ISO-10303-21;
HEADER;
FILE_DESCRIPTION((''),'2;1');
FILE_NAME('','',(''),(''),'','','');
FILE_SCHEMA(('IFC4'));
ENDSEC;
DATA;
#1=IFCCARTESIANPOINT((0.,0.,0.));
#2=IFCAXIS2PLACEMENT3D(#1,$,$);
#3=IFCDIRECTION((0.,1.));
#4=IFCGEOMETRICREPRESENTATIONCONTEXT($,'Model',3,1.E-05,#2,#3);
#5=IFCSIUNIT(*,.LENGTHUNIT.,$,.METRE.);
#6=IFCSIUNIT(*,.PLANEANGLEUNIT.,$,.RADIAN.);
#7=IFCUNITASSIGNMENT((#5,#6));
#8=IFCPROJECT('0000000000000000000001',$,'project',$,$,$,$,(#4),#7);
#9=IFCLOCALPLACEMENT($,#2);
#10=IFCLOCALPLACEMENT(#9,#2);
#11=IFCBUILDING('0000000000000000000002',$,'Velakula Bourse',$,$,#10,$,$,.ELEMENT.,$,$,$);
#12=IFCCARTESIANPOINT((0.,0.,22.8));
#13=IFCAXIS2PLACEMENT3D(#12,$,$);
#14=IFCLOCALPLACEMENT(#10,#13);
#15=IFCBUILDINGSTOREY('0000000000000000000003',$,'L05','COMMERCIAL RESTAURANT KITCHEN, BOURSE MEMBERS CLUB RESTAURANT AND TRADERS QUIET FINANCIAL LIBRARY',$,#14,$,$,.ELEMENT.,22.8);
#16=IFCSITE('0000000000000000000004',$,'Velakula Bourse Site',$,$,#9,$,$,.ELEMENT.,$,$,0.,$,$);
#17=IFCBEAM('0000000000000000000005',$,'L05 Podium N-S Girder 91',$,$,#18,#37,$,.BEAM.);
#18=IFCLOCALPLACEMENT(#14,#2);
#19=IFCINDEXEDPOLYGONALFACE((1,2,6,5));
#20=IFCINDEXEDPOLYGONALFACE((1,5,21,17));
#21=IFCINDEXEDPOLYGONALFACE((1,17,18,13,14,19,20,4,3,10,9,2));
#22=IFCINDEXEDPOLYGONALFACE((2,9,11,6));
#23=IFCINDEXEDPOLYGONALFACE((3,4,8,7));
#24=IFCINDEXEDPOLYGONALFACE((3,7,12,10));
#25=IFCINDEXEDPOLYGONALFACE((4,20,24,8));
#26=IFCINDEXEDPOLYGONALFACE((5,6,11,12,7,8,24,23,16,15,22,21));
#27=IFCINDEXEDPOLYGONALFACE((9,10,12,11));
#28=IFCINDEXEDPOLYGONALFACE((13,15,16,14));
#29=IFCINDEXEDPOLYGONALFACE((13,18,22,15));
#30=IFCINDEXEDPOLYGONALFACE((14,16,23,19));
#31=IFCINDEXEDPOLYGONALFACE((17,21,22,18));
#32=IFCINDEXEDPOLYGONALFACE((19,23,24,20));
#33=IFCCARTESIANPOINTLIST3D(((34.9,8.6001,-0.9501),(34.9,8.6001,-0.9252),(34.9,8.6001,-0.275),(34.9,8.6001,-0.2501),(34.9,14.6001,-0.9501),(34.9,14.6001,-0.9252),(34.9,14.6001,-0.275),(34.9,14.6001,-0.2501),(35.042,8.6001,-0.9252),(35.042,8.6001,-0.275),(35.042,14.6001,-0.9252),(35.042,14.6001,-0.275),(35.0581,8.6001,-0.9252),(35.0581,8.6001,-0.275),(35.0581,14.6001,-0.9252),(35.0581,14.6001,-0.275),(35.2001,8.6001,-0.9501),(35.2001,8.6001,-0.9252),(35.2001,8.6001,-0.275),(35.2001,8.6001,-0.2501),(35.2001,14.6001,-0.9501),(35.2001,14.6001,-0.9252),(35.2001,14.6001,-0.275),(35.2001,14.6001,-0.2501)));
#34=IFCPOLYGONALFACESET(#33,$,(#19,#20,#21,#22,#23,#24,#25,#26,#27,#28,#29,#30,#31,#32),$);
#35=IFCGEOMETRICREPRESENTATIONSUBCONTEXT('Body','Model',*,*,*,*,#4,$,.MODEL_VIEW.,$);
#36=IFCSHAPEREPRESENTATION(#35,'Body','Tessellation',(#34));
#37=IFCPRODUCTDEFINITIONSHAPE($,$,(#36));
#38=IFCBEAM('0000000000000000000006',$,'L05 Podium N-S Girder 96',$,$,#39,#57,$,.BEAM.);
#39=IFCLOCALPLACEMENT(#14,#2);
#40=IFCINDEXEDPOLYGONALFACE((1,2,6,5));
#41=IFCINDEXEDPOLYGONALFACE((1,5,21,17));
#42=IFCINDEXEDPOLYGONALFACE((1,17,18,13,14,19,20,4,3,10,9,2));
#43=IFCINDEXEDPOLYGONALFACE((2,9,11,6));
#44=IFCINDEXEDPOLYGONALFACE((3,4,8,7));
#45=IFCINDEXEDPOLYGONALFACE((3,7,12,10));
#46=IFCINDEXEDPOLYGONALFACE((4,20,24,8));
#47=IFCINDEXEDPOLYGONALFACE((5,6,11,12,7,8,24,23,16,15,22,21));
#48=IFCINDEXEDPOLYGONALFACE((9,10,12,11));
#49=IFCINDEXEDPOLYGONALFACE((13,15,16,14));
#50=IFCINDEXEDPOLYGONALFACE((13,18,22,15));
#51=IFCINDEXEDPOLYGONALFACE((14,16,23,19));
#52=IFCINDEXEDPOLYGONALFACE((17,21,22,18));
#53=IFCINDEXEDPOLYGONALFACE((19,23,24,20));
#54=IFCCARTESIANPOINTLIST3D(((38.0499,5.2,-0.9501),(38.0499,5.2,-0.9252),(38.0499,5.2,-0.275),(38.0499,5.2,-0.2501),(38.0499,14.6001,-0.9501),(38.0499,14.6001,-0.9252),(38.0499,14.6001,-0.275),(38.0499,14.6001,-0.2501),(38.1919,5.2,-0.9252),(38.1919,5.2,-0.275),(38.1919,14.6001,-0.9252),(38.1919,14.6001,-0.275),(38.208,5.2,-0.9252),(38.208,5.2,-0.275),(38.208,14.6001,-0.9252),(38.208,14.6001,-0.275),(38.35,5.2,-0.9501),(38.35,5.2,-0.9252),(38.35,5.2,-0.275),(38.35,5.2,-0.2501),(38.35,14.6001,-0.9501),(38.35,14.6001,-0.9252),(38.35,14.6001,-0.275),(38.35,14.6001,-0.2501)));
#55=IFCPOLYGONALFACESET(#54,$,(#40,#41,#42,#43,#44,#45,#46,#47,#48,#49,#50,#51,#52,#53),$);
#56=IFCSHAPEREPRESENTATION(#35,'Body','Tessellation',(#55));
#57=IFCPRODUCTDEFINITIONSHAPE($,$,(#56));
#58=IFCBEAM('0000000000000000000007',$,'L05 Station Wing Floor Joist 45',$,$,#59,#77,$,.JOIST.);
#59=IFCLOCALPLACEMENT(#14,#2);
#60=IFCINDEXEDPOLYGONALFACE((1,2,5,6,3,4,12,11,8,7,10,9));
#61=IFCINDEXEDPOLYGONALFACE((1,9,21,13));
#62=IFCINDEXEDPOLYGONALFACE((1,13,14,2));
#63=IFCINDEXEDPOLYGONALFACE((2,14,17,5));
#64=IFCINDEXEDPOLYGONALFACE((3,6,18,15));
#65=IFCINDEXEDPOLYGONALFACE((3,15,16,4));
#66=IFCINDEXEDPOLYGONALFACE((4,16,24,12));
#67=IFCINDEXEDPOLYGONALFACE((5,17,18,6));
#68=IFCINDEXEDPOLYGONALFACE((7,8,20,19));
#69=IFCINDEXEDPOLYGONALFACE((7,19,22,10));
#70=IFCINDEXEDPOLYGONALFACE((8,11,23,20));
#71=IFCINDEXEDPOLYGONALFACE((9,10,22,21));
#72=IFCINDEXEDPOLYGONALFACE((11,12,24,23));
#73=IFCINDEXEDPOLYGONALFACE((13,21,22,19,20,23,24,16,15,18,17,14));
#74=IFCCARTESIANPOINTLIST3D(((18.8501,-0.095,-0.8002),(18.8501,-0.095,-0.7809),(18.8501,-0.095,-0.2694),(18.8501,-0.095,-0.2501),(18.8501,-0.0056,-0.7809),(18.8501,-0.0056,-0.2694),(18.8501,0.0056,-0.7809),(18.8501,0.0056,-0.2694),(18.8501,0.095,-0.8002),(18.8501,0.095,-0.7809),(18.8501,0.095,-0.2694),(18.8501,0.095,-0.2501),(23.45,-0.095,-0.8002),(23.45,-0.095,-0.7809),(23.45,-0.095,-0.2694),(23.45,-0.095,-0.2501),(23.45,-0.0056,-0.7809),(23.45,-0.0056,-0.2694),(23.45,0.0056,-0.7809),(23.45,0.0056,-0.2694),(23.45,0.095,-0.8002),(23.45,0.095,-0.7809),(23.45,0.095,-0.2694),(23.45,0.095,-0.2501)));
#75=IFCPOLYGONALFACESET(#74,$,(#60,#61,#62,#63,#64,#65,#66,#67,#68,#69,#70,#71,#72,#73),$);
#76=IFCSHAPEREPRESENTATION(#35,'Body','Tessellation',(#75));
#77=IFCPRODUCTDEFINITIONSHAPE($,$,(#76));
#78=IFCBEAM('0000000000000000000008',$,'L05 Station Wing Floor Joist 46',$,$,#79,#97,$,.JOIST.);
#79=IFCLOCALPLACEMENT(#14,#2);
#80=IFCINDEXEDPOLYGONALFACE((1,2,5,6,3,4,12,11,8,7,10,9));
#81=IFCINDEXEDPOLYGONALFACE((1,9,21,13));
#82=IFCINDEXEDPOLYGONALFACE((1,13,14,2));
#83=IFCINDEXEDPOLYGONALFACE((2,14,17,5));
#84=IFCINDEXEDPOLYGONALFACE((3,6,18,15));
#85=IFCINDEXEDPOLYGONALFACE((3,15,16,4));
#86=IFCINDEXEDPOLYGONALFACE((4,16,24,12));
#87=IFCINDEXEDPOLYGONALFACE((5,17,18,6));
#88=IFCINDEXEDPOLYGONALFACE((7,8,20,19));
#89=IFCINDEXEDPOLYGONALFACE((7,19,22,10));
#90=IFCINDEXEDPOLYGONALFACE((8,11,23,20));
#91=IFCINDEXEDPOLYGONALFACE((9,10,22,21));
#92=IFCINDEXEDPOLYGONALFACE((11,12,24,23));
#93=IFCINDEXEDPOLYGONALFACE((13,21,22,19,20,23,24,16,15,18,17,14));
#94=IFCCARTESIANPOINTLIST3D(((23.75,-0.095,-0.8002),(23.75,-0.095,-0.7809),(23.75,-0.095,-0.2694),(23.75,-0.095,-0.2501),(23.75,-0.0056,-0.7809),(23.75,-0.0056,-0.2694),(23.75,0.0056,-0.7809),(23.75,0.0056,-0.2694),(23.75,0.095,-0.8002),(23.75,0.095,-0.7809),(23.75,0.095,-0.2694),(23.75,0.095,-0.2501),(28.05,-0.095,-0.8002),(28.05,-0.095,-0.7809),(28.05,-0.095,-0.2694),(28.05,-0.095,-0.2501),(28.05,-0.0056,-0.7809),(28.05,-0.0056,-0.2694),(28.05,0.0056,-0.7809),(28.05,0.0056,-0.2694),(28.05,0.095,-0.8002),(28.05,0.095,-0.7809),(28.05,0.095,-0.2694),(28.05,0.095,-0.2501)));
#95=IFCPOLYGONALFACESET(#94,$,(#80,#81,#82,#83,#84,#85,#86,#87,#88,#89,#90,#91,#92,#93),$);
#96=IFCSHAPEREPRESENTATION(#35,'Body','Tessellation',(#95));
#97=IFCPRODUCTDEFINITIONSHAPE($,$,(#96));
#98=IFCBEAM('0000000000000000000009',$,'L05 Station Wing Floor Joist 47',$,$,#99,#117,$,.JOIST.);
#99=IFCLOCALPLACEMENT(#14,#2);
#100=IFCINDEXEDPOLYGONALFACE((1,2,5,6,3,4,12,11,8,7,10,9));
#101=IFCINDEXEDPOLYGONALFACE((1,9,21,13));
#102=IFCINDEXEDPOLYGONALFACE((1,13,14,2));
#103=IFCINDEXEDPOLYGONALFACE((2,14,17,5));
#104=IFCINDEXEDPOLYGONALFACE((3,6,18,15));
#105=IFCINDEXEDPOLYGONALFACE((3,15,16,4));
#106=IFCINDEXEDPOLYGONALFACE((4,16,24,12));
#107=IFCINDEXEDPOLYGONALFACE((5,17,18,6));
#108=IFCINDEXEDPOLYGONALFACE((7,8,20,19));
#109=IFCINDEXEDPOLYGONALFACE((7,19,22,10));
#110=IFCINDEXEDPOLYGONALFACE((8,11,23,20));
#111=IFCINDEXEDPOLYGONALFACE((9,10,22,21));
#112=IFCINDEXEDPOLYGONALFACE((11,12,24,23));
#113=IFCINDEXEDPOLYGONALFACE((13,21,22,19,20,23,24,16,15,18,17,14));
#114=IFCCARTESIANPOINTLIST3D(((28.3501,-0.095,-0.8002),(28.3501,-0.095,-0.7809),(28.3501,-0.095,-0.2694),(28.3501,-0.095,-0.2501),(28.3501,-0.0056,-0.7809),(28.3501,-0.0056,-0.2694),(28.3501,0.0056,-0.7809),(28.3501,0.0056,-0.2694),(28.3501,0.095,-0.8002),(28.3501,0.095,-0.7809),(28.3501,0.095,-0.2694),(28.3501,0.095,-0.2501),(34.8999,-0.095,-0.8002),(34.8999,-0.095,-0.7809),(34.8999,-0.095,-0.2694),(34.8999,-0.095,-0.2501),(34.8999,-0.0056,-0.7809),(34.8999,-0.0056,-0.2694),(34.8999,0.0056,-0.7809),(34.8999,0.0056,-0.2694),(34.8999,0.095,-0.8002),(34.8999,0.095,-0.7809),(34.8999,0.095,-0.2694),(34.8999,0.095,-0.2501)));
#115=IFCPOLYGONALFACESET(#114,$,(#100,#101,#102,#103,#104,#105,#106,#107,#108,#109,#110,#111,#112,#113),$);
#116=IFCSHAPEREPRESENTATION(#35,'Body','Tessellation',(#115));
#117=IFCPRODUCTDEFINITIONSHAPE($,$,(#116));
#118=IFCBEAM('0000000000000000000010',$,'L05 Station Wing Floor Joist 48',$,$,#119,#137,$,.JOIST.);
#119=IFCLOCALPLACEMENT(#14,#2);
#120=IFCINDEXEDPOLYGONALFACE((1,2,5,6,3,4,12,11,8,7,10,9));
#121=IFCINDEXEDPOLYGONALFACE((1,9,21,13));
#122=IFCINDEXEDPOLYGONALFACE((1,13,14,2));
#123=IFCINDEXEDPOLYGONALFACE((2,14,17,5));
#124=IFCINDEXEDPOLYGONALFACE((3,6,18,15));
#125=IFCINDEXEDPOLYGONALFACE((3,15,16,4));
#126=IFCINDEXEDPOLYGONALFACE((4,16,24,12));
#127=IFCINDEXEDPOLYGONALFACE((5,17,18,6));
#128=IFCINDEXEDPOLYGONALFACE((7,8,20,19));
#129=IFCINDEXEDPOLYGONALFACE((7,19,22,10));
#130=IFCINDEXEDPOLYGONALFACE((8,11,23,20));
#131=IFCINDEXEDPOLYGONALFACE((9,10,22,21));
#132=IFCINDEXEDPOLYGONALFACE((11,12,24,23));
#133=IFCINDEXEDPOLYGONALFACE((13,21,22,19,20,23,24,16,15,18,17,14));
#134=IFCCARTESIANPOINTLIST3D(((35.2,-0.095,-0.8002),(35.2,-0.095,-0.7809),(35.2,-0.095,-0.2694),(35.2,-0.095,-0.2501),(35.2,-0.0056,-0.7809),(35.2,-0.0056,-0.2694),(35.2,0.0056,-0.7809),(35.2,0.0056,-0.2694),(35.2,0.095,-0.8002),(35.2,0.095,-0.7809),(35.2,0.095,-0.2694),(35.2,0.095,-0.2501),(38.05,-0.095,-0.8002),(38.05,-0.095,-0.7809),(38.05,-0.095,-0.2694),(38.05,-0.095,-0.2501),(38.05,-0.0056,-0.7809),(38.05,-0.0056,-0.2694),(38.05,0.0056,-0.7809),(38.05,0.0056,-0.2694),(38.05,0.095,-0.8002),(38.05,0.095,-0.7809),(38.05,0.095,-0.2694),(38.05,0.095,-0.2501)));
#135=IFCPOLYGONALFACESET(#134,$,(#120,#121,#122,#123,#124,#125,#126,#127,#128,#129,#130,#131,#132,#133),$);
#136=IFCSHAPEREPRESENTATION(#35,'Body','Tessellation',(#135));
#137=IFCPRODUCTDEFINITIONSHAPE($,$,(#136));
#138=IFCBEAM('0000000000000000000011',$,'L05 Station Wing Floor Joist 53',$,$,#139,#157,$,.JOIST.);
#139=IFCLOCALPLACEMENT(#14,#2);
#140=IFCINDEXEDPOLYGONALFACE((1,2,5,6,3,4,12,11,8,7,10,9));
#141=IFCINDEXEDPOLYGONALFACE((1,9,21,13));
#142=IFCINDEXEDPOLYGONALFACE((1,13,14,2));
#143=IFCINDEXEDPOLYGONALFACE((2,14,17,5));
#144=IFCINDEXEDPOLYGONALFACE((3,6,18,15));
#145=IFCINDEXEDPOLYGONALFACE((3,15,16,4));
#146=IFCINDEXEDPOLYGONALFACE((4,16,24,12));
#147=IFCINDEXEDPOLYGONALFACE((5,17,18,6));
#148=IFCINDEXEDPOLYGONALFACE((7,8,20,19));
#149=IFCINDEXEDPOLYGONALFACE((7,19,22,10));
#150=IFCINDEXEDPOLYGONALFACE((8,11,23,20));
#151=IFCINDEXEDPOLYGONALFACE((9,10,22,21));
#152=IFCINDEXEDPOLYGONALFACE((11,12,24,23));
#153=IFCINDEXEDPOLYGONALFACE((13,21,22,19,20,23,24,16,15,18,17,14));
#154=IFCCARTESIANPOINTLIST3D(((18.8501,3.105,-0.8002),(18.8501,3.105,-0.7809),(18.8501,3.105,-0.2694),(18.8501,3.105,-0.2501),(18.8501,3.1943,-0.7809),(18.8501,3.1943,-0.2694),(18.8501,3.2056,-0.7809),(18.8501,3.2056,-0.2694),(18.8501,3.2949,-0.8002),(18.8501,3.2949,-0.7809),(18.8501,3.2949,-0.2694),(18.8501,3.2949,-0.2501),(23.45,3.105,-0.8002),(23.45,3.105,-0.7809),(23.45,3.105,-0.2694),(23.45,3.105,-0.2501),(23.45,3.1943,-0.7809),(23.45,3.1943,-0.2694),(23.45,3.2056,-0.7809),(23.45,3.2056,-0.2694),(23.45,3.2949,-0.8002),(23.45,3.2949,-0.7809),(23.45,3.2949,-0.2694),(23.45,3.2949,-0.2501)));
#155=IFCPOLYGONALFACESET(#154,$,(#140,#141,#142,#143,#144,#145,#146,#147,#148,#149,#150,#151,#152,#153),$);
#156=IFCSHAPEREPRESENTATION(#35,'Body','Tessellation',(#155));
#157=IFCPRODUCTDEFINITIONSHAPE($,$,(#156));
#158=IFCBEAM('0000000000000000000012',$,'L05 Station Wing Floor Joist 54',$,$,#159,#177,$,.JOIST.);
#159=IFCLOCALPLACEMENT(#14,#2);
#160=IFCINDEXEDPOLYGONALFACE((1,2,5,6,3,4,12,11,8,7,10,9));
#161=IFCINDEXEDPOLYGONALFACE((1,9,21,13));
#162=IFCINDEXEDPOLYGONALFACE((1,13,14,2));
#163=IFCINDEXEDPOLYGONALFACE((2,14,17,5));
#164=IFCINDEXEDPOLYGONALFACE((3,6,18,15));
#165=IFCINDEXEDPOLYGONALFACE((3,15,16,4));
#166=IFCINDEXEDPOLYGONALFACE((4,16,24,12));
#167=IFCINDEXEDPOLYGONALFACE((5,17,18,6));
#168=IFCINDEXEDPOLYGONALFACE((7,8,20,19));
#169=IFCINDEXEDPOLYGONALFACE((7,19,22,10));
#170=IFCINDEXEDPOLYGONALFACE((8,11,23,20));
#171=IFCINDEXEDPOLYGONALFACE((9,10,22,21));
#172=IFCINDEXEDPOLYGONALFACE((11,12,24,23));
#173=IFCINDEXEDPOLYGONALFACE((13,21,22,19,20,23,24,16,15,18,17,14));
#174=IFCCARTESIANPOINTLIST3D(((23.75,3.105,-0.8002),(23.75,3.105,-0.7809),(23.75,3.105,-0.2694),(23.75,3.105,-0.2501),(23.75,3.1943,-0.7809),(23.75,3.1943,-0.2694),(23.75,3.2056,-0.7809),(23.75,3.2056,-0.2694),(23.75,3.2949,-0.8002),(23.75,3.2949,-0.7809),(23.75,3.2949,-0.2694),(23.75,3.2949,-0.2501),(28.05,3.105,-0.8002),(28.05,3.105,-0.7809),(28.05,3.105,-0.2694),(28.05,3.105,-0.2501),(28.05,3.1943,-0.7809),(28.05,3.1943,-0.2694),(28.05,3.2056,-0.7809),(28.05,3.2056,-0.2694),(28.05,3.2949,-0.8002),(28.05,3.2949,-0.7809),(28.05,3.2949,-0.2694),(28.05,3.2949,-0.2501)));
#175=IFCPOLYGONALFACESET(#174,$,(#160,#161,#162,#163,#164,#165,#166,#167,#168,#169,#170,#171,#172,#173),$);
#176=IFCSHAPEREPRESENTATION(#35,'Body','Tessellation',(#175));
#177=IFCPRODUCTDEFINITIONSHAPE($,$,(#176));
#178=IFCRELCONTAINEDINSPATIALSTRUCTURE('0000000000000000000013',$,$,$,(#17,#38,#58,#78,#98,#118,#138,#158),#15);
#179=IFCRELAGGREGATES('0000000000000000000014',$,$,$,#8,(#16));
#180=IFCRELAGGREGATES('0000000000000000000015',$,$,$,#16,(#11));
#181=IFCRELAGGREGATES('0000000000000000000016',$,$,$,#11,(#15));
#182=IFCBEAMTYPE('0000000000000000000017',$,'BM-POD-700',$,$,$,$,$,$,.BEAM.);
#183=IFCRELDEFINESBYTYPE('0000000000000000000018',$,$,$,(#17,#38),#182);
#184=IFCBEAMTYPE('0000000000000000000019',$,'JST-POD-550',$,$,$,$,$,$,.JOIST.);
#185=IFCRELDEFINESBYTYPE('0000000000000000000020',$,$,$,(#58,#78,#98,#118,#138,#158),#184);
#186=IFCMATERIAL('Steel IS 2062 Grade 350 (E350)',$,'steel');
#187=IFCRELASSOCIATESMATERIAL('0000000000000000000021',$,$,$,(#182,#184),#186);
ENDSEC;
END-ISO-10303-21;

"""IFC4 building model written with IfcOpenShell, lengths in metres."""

from ifc_helpers import new_model, si_unit, direction, frame, origin, origin_2d, place, context, subcontext, project, spatial, i_section, extrude, material, material_profile, profile_set, type_object, element, save


model = new_model("IFC4")

# Units and contexts
model_context = context("Model", 3, precision=1e-05, world=origin(), true_north=direction((0.0, 1.0)))
body_context = subcontext(model_context, "Body", "Model", "MODEL_VIEW")
ifc_project = project(units=[si_unit("LENGTHUNIT", "METRE"), si_unit("PLANEANGLEUNIT", "RADIAN")], contexts=[model_context])

# Site, building, storey
site_placement = place(None, origin())
site = spatial("IfcSite", under=ifc_project, at=site_placement, Name="Velakula Bourse Site", CompositionType="ELEMENT", RefElevation=0.0)
building_placement = place(site_placement, origin())
building = spatial("IfcBuilding", under=site, at=building_placement, Name="Velakula Bourse", CompositionType="ELEMENT")
storey_placement = place(building_placement, frame((0.0, 0.0, 22.8)))
storey = spatial("IfcBuildingStorey", under=building, at=storey_placement, Name="L05", Description="COMMERCIAL RESTAURANT KITCHEN, BOURSE MEMBERS CLUB RESTAURANT AND TRADERS QUIET FINANCIAL LIBRARY", CompositionType="ELEMENT", Elevation=22.8)

# Beams
ifc_material_1 = material(Name="Steel IS 2062 Grade 350 (E350)", Category="steel")
ifc_material_profile_1 = material_profile(ifc_material_1, i_section(OverallWidth=0.3, OverallDepth=0.7, WebThickness=0.0161, FlangeThickness=0.0249, at=origin_2d()), Name="Steel IS 2062 Grade 350 (E350)")
ifc_profile_set_1 = profile_set([ifc_material_profile_1], Name="Steel IS 2062 Grade 350 (E350)")
beam_type_1 = type_object("IfcBeamType", Name="BM-POD-700", PredefinedType="BEAM", material=ifc_profile_set_1)
for number, where, z_axis, x_axis, name in (
    (1, (35.05, 8.6001, -0.6001), (0.0, 1.0, 0.0), (-1.0, 0.0, 0.0), "L05 Podium N-S Girder 91"),
):
    element("IfcBeam", number, at=place(storey_placement, frame(where, z_axis=z_axis, x_axis=x_axis)), inside=storey, type_object=beam_type_1, Name=name, PredefinedType="BEAM", context=body_context, shape_type="SweptSolid", body=[
        extrude(i_section(OverallWidth=0.3, OverallDepth=0.7, WebThickness=0.0161, FlangeThickness=0.0249, at=origin_2d()), origin(), (0.0, 0.0, 1.0), 6.0),
    ])
beam_1_placement = place(storey_placement, frame((38.2, 5.2, -0.6001), z_axis=(0.0, 1.0, 0.0), x_axis=(-1.0, 0.0, 0.0)))
element("IfcBeam", 2, at=beam_1_placement, inside=storey, type_object=beam_type_1, Name="L05 Podium N-S Girder 96", PredefinedType="BEAM", context=body_context, shape_type="SweptSolid", body=[
    extrude(i_section(OverallWidth=0.3, OverallDepth=0.7, WebThickness=0.0161, FlangeThickness=0.0249, at=origin_2d()), origin(), (0.0, 0.0, 1.0), 9.4001),
])
ifc_material_profile_2 = material_profile(ifc_material_1, i_section(OverallWidth=0.1899, OverallDepth=0.55, WebThickness=0.0112, FlangeThickness=0.0193, at=origin_2d()), Name="Steel IS 2062 Grade 350 (E350)")
ifc_profile_set_2 = profile_set([ifc_material_profile_2], Name="Steel IS 2062 Grade 350 (E350)")
beam_type_2 = type_object("IfcBeamType", Name="JST-POD-550", PredefinedType="JOIST", material=ifc_profile_set_2)
beam_2_placement = place(storey_placement, frame((18.8501, 0.0, -0.5251), z_axis=(1.0, 0.0, 0.0), x_axis=(0.0, 1.0, 0.0)))
element("IfcBeam", 3, at=beam_2_placement, inside=storey, type_object=beam_type_2, Name="L05 Station Wing Floor Joist 45", PredefinedType="JOIST", context=body_context, shape_type="SweptSolid", body=[
    extrude(i_section(OverallWidth=0.1899, OverallDepth=0.55, WebThickness=0.0112, FlangeThickness=0.0193, at=origin_2d()), origin(), (0.0, 0.0, 1.0), 4.5999),
])
beam_3_placement = place(storey_placement, frame((23.75, 0.0, -0.5251), z_axis=(1.0, 0.0, 0.0), x_axis=(0.0, 1.0, 0.0)))
element("IfcBeam", 4, at=beam_3_placement, inside=storey, type_object=beam_type_2, Name="L05 Station Wing Floor Joist 46", PredefinedType="JOIST", context=body_context, shape_type="SweptSolid", body=[
    extrude(i_section(OverallWidth=0.1899, OverallDepth=0.55, WebThickness=0.0112, FlangeThickness=0.0193, at=origin_2d()), origin(), (0.0, 0.0, 1.0), 4.3),
])
beam_4_placement = place(storey_placement, frame((28.3501, 0.0, -0.5251), z_axis=(1.0, 0.0, 0.0), x_axis=(0.0, 1.0, 0.0)))
element("IfcBeam", 5, at=beam_4_placement, inside=storey, type_object=beam_type_2, Name="L05 Station Wing Floor Joist 47", PredefinedType="JOIST", context=body_context, shape_type="SweptSolid", body=[
    extrude(i_section(OverallWidth=0.1899, OverallDepth=0.55, WebThickness=0.0112, FlangeThickness=0.0193, at=origin_2d()), origin(), (0.0, 0.0, 1.0), 6.5498),
])
beam_5_placement = place(storey_placement, frame((35.2, 0.0, -0.5251), z_axis=(1.0, 0.0, 0.0), x_axis=(0.0, 1.0, 0.0)))
element("IfcBeam", 6, at=beam_5_placement, inside=storey, type_object=beam_type_2, Name="L05 Station Wing Floor Joist 48", PredefinedType="JOIST", context=body_context, shape_type="SweptSolid", body=[
    extrude(i_section(OverallWidth=0.1899, OverallDepth=0.55, WebThickness=0.0112, FlangeThickness=0.0193, at=origin_2d()), origin(), (0.0, 0.0, 1.0), 2.8501),
])
beam_6_placement = place(storey_placement, frame((18.8501, 3.2, -0.5251), z_axis=(1.0, 0.0, 0.0), x_axis=(0.0, 1.0, 0.0)))
element("IfcBeam", 7, at=beam_6_placement, inside=storey, type_object=beam_type_2, Name="L05 Station Wing Floor Joist 53", PredefinedType="JOIST", context=body_context, shape_type="SweptSolid", body=[
    extrude(i_section(OverallWidth=0.1899, OverallDepth=0.55, WebThickness=0.0112, FlangeThickness=0.0193, at=origin_2d()), origin(), (0.0, 0.0, 1.0), 4.5999),
])
beam_7_placement = place(storey_placement, frame((23.75, 3.2, -0.5251), z_axis=(1.0, 0.0, 0.0), x_axis=(0.0, 1.0, 0.0)))
element("IfcBeam", 8, at=beam_7_placement, inside=storey, type_object=beam_type_2, Name="L05 Station Wing Floor Joist 54", PredefinedType="JOIST", context=body_context, shape_type="SweptSolid", body=[
    extrude(i_section(OverallWidth=0.1899, OverallDepth=0.55, WebThickness=0.0112, FlangeThickness=0.0193, at=origin_2d()), origin(), (0.0, 0.0, 1.0), 4.3),
])

save(model, "model.ifc")
